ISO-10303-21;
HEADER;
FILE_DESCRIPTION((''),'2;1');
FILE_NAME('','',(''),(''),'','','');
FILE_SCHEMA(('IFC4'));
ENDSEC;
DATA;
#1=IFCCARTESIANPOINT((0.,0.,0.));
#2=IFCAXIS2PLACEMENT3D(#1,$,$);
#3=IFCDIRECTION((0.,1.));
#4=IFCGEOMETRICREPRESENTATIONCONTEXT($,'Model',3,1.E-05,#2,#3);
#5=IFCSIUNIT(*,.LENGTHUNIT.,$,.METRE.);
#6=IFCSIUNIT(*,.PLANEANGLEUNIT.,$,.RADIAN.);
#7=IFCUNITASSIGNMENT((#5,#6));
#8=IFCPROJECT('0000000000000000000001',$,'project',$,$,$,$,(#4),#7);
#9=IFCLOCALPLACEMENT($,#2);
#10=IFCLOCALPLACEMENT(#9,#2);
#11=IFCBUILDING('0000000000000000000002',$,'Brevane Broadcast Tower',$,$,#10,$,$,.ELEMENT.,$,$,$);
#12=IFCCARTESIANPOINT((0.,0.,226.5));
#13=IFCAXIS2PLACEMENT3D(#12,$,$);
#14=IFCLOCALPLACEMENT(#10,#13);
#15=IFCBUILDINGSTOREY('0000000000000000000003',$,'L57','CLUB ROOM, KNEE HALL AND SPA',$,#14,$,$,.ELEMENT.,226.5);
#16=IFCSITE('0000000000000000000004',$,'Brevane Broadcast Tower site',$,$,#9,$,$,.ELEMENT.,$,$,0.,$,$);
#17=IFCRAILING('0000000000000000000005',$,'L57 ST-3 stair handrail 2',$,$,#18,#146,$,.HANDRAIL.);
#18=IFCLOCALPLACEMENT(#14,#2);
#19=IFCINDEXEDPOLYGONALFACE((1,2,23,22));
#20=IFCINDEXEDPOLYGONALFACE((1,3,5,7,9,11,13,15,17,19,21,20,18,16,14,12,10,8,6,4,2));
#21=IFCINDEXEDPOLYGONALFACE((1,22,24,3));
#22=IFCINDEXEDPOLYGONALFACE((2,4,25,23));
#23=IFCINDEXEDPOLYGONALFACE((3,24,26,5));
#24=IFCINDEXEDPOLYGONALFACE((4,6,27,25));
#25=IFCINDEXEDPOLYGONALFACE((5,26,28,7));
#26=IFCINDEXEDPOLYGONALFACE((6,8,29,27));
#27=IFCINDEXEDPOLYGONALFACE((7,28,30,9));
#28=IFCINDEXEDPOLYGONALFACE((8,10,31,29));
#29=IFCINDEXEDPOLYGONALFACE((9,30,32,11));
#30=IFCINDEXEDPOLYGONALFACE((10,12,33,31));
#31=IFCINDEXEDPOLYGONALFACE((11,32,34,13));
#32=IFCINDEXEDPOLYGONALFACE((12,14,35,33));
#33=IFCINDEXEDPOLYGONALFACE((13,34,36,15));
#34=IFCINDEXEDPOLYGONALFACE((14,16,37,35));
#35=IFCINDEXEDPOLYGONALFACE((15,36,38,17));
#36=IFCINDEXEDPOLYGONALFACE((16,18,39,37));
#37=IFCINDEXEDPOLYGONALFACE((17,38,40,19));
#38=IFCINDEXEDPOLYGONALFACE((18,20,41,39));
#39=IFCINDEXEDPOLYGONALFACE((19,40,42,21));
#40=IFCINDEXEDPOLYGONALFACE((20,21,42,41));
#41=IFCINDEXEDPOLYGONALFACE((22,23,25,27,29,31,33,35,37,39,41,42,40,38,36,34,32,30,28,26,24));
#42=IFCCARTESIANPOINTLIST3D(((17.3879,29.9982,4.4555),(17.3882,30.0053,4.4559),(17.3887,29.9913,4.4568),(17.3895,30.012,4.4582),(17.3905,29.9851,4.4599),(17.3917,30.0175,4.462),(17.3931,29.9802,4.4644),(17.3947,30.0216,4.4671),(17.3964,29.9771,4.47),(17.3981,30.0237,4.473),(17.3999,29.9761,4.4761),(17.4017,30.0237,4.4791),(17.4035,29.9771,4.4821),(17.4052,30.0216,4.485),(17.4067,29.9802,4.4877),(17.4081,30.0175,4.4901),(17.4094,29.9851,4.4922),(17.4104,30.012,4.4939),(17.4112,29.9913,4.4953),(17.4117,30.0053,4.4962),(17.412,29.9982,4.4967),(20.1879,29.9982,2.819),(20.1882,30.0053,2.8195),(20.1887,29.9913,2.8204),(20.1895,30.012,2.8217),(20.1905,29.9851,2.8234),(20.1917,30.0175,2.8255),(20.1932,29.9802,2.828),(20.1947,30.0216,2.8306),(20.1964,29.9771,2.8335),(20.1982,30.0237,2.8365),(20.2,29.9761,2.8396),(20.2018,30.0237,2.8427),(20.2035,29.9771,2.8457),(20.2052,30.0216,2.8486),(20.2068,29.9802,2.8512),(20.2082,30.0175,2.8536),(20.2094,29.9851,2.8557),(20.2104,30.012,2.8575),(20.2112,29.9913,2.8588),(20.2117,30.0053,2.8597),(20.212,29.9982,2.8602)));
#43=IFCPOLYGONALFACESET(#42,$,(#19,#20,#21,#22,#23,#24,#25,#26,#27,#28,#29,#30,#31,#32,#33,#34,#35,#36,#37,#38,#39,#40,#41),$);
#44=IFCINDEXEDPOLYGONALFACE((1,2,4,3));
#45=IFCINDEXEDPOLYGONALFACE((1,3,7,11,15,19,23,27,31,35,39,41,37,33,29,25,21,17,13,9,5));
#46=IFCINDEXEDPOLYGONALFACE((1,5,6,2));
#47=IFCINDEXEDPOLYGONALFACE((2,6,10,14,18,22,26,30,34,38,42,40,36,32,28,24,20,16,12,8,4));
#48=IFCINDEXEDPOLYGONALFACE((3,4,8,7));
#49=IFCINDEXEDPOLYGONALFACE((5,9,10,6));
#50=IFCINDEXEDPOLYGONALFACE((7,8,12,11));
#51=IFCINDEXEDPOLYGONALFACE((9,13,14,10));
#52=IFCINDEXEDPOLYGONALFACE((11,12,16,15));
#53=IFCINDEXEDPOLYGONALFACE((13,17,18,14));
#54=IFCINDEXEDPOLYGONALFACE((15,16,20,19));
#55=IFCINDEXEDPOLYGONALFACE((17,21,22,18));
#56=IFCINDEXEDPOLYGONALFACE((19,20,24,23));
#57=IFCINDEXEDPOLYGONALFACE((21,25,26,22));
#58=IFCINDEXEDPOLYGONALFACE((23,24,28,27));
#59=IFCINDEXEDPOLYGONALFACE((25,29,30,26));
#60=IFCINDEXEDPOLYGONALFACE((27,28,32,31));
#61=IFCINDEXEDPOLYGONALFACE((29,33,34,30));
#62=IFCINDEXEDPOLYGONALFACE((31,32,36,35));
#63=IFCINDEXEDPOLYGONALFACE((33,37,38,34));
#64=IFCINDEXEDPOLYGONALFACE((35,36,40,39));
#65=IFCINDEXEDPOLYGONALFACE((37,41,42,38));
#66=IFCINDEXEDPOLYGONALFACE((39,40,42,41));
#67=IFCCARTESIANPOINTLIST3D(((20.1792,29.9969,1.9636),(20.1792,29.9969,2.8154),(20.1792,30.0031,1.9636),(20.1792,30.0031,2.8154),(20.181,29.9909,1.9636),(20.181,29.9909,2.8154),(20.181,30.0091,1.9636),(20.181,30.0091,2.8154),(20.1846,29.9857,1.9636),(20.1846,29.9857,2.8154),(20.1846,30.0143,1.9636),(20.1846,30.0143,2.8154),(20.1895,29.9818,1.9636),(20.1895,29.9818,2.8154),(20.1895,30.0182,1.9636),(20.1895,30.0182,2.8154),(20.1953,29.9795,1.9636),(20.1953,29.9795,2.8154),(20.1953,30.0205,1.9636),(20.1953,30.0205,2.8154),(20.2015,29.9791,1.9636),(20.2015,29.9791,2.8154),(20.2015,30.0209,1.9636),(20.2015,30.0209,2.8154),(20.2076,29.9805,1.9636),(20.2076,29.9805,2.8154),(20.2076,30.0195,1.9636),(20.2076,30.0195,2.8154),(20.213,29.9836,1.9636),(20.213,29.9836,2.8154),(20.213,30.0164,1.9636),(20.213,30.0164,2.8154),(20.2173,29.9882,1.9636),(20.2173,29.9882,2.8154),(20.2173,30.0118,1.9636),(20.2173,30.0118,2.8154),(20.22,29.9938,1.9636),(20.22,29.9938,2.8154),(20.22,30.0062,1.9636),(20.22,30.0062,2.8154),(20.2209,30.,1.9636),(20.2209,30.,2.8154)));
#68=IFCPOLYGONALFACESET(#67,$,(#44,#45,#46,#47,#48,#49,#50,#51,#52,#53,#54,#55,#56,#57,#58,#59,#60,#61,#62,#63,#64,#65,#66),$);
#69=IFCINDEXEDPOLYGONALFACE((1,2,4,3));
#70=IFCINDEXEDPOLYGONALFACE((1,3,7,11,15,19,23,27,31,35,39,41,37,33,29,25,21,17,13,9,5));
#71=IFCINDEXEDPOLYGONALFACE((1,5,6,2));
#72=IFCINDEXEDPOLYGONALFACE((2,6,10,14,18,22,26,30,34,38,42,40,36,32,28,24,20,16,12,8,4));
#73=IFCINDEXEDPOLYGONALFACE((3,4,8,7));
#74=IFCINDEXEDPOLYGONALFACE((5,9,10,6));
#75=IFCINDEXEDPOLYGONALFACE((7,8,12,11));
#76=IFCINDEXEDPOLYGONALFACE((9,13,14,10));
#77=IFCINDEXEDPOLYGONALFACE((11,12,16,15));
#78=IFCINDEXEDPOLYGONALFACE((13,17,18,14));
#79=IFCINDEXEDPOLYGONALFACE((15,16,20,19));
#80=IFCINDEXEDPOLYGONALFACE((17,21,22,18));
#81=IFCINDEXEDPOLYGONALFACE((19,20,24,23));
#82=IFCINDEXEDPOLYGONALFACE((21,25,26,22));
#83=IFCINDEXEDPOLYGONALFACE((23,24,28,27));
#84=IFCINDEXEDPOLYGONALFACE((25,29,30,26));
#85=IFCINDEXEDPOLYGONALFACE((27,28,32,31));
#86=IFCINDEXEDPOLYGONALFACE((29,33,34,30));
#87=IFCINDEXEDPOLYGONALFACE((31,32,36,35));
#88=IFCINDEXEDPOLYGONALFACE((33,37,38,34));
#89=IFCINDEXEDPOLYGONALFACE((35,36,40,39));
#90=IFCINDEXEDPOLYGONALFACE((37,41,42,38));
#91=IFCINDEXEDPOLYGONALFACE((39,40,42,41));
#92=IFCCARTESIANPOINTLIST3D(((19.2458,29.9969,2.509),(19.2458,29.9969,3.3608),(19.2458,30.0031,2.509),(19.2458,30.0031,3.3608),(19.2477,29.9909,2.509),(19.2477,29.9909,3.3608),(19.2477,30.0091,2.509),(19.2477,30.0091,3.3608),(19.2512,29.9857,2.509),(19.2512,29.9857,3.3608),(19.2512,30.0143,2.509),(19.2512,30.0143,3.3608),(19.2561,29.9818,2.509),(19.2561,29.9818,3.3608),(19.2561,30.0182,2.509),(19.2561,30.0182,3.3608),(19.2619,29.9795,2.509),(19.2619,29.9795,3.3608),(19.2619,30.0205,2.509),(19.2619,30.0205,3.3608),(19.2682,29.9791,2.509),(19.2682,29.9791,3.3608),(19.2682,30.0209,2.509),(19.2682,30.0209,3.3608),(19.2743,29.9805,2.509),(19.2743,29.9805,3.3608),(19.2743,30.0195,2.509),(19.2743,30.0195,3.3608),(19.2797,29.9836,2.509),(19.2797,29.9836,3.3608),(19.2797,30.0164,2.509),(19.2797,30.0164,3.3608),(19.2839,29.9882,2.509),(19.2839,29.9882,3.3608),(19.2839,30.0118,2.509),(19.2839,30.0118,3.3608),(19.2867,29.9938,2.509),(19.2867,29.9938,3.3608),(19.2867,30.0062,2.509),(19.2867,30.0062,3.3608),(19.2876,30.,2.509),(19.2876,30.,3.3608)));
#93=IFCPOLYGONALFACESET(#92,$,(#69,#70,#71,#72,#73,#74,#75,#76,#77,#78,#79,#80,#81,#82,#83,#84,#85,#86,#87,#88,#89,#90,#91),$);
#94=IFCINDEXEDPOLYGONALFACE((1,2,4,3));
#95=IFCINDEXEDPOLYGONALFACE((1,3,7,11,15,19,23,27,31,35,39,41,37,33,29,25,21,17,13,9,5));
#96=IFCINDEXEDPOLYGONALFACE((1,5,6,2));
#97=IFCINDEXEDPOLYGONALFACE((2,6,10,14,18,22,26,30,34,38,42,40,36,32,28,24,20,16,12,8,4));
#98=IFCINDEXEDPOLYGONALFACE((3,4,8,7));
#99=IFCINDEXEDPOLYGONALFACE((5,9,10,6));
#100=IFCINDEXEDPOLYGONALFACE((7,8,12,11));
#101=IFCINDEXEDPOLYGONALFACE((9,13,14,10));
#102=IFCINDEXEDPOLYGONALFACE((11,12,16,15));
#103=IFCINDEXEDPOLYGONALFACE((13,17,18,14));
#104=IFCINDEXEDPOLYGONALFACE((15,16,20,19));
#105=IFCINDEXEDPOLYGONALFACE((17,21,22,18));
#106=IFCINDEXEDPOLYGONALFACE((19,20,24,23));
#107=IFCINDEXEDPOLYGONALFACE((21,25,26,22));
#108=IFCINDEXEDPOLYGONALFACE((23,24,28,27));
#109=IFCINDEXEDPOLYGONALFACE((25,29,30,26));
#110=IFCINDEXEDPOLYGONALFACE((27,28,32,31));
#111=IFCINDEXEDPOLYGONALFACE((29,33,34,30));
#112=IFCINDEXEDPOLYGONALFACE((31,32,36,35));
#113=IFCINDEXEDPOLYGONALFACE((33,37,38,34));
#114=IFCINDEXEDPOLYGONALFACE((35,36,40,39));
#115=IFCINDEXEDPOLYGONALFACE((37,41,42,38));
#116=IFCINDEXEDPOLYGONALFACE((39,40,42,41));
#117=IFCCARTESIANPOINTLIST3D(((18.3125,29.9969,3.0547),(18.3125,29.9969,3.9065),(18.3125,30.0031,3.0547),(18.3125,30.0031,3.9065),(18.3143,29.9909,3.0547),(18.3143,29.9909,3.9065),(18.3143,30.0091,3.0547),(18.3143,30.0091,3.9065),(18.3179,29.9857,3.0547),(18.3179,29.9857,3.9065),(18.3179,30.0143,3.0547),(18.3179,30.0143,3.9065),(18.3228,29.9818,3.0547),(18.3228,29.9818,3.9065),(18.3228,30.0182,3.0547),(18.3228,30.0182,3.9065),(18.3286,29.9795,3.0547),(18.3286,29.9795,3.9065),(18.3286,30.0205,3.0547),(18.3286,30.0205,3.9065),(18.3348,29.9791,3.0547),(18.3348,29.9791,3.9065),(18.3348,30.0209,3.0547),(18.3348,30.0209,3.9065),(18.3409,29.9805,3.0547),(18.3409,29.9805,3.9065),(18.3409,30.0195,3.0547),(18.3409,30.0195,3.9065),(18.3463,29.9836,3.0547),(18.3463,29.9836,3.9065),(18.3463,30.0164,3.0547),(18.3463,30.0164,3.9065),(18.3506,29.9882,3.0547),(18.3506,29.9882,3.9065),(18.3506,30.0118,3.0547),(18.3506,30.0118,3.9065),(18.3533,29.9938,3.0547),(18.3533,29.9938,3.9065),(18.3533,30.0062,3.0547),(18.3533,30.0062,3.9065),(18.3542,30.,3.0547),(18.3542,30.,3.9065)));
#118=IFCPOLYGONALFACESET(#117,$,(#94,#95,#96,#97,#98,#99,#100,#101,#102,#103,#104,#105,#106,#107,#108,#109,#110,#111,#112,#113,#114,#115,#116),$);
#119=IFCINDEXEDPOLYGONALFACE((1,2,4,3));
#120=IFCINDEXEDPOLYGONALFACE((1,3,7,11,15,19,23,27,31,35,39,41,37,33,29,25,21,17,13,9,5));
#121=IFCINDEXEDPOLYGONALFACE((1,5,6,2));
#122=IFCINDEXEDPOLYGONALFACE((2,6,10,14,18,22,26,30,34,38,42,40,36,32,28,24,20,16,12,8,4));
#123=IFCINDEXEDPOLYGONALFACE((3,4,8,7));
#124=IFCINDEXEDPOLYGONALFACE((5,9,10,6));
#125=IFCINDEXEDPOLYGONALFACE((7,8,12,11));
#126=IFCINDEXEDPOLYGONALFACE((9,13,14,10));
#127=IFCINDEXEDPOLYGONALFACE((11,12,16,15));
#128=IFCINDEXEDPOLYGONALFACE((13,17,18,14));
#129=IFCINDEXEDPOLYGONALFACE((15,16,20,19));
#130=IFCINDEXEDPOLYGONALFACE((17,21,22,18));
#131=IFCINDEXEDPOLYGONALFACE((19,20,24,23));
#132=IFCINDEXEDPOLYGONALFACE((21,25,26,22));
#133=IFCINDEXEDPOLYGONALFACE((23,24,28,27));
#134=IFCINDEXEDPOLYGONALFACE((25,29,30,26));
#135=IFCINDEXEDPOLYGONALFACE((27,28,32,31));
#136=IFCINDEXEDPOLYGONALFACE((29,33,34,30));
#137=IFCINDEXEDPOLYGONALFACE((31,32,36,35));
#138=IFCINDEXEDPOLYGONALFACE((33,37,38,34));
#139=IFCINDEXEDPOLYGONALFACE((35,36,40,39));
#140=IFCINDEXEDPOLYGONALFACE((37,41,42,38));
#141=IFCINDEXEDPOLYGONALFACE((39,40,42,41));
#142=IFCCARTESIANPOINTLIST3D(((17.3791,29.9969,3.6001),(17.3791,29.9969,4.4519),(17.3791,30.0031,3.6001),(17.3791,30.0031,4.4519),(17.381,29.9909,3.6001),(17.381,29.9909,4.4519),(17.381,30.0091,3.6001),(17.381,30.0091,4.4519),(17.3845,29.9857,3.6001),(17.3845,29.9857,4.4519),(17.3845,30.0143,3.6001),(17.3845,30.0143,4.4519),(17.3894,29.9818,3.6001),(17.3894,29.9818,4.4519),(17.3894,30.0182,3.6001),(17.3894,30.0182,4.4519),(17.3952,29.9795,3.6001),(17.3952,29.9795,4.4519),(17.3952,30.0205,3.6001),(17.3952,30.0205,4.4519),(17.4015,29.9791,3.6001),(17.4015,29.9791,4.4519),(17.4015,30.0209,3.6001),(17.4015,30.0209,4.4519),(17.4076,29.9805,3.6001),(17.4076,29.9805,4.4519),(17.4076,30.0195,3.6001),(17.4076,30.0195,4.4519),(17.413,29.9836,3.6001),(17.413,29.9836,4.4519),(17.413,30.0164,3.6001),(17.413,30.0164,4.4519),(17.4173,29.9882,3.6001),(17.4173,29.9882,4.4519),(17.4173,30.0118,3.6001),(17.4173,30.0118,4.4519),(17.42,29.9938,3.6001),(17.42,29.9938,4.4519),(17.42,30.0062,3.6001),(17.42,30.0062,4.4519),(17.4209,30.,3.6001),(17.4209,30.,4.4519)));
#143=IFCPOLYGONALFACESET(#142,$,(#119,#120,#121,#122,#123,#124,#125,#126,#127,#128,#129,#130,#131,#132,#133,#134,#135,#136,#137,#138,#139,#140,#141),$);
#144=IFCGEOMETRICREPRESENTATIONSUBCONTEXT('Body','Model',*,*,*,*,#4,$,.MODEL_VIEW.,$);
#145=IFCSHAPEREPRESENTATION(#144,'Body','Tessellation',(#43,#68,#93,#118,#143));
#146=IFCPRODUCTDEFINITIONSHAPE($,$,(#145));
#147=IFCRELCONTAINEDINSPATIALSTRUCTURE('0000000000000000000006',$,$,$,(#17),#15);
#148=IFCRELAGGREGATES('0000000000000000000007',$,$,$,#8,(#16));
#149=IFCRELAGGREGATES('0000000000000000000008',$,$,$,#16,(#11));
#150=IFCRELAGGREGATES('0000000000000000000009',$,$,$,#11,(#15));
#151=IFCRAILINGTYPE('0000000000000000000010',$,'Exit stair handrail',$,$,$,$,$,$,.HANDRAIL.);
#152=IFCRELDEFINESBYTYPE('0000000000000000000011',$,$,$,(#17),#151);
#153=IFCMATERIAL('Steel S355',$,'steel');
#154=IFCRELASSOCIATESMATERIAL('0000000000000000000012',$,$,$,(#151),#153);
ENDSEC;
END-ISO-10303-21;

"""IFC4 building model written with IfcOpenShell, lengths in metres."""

from ifc_helpers import new_model, si_unit, direction, frame, origin, origin_2d, place, context, subcontext, project, spatial, circle, extrude, material, type_object, element, save


model = new_model("IFC4")

# Units and contexts
model_context = context("Model", 3, precision=1e-05, world=origin(), true_north=direction((0.0, 1.0)))
body_context = subcontext(model_context, "Body", "Model", "MODEL_VIEW")
ifc_project = project(units=[si_unit("LENGTHUNIT", "METRE"), si_unit("PLANEANGLEUNIT", "RADIAN")], contexts=[model_context])

# Site, building, storey
site_placement = place(None, origin())
site = spatial("IfcSite", under=ifc_project, at=site_placement, Name="Brevane Broadcast Tower site", CompositionType="ELEMENT", RefElevation=0.0)
building_placement = place(site_placement, origin())
building = spatial("IfcBuilding", under=site, at=building_placement, Name="Brevane Broadcast Tower", CompositionType="ELEMENT")
storey_placement = place(building_placement, frame((0.0, 0.0, 226.5)))
storey = spatial("IfcBuildingStorey", under=building, at=storey_placement, Name="L57", Description="CLUB ROOM, KNEE HALL AND SPA", CompositionType="ELEMENT", Elevation=226.5)

# Railing
ifc_material_1 = material(Name="Steel S355", Category="steel")
railing_type_1 = type_object("IfcRailingType", Name="Exit stair handrail", PredefinedType="HANDRAIL", material=ifc_material_1)
railing_1_placement = place(storey_placement, frame((20.2, 30.0, 1.9636)))
element("IfcRailing", 1, at=railing_1_placement, inside=storey, type_object=railing_type_1, Name="L57 ST-3 stair handrail 2", PredefinedType="HANDRAIL", context=body_context, shape_type="SweptSolid", body=[
    extrude(circle(Radius=0.0239, at=origin_2d()), frame((0.0, 0.0, 0.876), z_axis=(-0.863361, 0.0, 0.504587), x_axis=(0.0, -1.0, 0.0)), (0.0, 0.0, 1.0), 3.2432),
    extrude(circle(Radius=0.021, at=origin_2d()), origin(), (0.0, 0.0, 1.0), 0.8518),
    extrude(circle(Radius=0.021, at=origin_2d()), frame((-0.9333, 0.0, 0.5454)), (0.0, 0.0, 1.0), 0.8518),
    extrude(circle(Radius=0.021, at=origin_2d()), frame((-1.8667, 0.0, 1.0911)), (0.0, 0.0, 1.0), 0.8518),
    extrude(circle(Radius=0.021, at=origin_2d()), frame((-2.8, 0.0, 1.6365)), (0.0, 0.0, 1.0), 0.8518),
])

save(model, "model.ifc")
